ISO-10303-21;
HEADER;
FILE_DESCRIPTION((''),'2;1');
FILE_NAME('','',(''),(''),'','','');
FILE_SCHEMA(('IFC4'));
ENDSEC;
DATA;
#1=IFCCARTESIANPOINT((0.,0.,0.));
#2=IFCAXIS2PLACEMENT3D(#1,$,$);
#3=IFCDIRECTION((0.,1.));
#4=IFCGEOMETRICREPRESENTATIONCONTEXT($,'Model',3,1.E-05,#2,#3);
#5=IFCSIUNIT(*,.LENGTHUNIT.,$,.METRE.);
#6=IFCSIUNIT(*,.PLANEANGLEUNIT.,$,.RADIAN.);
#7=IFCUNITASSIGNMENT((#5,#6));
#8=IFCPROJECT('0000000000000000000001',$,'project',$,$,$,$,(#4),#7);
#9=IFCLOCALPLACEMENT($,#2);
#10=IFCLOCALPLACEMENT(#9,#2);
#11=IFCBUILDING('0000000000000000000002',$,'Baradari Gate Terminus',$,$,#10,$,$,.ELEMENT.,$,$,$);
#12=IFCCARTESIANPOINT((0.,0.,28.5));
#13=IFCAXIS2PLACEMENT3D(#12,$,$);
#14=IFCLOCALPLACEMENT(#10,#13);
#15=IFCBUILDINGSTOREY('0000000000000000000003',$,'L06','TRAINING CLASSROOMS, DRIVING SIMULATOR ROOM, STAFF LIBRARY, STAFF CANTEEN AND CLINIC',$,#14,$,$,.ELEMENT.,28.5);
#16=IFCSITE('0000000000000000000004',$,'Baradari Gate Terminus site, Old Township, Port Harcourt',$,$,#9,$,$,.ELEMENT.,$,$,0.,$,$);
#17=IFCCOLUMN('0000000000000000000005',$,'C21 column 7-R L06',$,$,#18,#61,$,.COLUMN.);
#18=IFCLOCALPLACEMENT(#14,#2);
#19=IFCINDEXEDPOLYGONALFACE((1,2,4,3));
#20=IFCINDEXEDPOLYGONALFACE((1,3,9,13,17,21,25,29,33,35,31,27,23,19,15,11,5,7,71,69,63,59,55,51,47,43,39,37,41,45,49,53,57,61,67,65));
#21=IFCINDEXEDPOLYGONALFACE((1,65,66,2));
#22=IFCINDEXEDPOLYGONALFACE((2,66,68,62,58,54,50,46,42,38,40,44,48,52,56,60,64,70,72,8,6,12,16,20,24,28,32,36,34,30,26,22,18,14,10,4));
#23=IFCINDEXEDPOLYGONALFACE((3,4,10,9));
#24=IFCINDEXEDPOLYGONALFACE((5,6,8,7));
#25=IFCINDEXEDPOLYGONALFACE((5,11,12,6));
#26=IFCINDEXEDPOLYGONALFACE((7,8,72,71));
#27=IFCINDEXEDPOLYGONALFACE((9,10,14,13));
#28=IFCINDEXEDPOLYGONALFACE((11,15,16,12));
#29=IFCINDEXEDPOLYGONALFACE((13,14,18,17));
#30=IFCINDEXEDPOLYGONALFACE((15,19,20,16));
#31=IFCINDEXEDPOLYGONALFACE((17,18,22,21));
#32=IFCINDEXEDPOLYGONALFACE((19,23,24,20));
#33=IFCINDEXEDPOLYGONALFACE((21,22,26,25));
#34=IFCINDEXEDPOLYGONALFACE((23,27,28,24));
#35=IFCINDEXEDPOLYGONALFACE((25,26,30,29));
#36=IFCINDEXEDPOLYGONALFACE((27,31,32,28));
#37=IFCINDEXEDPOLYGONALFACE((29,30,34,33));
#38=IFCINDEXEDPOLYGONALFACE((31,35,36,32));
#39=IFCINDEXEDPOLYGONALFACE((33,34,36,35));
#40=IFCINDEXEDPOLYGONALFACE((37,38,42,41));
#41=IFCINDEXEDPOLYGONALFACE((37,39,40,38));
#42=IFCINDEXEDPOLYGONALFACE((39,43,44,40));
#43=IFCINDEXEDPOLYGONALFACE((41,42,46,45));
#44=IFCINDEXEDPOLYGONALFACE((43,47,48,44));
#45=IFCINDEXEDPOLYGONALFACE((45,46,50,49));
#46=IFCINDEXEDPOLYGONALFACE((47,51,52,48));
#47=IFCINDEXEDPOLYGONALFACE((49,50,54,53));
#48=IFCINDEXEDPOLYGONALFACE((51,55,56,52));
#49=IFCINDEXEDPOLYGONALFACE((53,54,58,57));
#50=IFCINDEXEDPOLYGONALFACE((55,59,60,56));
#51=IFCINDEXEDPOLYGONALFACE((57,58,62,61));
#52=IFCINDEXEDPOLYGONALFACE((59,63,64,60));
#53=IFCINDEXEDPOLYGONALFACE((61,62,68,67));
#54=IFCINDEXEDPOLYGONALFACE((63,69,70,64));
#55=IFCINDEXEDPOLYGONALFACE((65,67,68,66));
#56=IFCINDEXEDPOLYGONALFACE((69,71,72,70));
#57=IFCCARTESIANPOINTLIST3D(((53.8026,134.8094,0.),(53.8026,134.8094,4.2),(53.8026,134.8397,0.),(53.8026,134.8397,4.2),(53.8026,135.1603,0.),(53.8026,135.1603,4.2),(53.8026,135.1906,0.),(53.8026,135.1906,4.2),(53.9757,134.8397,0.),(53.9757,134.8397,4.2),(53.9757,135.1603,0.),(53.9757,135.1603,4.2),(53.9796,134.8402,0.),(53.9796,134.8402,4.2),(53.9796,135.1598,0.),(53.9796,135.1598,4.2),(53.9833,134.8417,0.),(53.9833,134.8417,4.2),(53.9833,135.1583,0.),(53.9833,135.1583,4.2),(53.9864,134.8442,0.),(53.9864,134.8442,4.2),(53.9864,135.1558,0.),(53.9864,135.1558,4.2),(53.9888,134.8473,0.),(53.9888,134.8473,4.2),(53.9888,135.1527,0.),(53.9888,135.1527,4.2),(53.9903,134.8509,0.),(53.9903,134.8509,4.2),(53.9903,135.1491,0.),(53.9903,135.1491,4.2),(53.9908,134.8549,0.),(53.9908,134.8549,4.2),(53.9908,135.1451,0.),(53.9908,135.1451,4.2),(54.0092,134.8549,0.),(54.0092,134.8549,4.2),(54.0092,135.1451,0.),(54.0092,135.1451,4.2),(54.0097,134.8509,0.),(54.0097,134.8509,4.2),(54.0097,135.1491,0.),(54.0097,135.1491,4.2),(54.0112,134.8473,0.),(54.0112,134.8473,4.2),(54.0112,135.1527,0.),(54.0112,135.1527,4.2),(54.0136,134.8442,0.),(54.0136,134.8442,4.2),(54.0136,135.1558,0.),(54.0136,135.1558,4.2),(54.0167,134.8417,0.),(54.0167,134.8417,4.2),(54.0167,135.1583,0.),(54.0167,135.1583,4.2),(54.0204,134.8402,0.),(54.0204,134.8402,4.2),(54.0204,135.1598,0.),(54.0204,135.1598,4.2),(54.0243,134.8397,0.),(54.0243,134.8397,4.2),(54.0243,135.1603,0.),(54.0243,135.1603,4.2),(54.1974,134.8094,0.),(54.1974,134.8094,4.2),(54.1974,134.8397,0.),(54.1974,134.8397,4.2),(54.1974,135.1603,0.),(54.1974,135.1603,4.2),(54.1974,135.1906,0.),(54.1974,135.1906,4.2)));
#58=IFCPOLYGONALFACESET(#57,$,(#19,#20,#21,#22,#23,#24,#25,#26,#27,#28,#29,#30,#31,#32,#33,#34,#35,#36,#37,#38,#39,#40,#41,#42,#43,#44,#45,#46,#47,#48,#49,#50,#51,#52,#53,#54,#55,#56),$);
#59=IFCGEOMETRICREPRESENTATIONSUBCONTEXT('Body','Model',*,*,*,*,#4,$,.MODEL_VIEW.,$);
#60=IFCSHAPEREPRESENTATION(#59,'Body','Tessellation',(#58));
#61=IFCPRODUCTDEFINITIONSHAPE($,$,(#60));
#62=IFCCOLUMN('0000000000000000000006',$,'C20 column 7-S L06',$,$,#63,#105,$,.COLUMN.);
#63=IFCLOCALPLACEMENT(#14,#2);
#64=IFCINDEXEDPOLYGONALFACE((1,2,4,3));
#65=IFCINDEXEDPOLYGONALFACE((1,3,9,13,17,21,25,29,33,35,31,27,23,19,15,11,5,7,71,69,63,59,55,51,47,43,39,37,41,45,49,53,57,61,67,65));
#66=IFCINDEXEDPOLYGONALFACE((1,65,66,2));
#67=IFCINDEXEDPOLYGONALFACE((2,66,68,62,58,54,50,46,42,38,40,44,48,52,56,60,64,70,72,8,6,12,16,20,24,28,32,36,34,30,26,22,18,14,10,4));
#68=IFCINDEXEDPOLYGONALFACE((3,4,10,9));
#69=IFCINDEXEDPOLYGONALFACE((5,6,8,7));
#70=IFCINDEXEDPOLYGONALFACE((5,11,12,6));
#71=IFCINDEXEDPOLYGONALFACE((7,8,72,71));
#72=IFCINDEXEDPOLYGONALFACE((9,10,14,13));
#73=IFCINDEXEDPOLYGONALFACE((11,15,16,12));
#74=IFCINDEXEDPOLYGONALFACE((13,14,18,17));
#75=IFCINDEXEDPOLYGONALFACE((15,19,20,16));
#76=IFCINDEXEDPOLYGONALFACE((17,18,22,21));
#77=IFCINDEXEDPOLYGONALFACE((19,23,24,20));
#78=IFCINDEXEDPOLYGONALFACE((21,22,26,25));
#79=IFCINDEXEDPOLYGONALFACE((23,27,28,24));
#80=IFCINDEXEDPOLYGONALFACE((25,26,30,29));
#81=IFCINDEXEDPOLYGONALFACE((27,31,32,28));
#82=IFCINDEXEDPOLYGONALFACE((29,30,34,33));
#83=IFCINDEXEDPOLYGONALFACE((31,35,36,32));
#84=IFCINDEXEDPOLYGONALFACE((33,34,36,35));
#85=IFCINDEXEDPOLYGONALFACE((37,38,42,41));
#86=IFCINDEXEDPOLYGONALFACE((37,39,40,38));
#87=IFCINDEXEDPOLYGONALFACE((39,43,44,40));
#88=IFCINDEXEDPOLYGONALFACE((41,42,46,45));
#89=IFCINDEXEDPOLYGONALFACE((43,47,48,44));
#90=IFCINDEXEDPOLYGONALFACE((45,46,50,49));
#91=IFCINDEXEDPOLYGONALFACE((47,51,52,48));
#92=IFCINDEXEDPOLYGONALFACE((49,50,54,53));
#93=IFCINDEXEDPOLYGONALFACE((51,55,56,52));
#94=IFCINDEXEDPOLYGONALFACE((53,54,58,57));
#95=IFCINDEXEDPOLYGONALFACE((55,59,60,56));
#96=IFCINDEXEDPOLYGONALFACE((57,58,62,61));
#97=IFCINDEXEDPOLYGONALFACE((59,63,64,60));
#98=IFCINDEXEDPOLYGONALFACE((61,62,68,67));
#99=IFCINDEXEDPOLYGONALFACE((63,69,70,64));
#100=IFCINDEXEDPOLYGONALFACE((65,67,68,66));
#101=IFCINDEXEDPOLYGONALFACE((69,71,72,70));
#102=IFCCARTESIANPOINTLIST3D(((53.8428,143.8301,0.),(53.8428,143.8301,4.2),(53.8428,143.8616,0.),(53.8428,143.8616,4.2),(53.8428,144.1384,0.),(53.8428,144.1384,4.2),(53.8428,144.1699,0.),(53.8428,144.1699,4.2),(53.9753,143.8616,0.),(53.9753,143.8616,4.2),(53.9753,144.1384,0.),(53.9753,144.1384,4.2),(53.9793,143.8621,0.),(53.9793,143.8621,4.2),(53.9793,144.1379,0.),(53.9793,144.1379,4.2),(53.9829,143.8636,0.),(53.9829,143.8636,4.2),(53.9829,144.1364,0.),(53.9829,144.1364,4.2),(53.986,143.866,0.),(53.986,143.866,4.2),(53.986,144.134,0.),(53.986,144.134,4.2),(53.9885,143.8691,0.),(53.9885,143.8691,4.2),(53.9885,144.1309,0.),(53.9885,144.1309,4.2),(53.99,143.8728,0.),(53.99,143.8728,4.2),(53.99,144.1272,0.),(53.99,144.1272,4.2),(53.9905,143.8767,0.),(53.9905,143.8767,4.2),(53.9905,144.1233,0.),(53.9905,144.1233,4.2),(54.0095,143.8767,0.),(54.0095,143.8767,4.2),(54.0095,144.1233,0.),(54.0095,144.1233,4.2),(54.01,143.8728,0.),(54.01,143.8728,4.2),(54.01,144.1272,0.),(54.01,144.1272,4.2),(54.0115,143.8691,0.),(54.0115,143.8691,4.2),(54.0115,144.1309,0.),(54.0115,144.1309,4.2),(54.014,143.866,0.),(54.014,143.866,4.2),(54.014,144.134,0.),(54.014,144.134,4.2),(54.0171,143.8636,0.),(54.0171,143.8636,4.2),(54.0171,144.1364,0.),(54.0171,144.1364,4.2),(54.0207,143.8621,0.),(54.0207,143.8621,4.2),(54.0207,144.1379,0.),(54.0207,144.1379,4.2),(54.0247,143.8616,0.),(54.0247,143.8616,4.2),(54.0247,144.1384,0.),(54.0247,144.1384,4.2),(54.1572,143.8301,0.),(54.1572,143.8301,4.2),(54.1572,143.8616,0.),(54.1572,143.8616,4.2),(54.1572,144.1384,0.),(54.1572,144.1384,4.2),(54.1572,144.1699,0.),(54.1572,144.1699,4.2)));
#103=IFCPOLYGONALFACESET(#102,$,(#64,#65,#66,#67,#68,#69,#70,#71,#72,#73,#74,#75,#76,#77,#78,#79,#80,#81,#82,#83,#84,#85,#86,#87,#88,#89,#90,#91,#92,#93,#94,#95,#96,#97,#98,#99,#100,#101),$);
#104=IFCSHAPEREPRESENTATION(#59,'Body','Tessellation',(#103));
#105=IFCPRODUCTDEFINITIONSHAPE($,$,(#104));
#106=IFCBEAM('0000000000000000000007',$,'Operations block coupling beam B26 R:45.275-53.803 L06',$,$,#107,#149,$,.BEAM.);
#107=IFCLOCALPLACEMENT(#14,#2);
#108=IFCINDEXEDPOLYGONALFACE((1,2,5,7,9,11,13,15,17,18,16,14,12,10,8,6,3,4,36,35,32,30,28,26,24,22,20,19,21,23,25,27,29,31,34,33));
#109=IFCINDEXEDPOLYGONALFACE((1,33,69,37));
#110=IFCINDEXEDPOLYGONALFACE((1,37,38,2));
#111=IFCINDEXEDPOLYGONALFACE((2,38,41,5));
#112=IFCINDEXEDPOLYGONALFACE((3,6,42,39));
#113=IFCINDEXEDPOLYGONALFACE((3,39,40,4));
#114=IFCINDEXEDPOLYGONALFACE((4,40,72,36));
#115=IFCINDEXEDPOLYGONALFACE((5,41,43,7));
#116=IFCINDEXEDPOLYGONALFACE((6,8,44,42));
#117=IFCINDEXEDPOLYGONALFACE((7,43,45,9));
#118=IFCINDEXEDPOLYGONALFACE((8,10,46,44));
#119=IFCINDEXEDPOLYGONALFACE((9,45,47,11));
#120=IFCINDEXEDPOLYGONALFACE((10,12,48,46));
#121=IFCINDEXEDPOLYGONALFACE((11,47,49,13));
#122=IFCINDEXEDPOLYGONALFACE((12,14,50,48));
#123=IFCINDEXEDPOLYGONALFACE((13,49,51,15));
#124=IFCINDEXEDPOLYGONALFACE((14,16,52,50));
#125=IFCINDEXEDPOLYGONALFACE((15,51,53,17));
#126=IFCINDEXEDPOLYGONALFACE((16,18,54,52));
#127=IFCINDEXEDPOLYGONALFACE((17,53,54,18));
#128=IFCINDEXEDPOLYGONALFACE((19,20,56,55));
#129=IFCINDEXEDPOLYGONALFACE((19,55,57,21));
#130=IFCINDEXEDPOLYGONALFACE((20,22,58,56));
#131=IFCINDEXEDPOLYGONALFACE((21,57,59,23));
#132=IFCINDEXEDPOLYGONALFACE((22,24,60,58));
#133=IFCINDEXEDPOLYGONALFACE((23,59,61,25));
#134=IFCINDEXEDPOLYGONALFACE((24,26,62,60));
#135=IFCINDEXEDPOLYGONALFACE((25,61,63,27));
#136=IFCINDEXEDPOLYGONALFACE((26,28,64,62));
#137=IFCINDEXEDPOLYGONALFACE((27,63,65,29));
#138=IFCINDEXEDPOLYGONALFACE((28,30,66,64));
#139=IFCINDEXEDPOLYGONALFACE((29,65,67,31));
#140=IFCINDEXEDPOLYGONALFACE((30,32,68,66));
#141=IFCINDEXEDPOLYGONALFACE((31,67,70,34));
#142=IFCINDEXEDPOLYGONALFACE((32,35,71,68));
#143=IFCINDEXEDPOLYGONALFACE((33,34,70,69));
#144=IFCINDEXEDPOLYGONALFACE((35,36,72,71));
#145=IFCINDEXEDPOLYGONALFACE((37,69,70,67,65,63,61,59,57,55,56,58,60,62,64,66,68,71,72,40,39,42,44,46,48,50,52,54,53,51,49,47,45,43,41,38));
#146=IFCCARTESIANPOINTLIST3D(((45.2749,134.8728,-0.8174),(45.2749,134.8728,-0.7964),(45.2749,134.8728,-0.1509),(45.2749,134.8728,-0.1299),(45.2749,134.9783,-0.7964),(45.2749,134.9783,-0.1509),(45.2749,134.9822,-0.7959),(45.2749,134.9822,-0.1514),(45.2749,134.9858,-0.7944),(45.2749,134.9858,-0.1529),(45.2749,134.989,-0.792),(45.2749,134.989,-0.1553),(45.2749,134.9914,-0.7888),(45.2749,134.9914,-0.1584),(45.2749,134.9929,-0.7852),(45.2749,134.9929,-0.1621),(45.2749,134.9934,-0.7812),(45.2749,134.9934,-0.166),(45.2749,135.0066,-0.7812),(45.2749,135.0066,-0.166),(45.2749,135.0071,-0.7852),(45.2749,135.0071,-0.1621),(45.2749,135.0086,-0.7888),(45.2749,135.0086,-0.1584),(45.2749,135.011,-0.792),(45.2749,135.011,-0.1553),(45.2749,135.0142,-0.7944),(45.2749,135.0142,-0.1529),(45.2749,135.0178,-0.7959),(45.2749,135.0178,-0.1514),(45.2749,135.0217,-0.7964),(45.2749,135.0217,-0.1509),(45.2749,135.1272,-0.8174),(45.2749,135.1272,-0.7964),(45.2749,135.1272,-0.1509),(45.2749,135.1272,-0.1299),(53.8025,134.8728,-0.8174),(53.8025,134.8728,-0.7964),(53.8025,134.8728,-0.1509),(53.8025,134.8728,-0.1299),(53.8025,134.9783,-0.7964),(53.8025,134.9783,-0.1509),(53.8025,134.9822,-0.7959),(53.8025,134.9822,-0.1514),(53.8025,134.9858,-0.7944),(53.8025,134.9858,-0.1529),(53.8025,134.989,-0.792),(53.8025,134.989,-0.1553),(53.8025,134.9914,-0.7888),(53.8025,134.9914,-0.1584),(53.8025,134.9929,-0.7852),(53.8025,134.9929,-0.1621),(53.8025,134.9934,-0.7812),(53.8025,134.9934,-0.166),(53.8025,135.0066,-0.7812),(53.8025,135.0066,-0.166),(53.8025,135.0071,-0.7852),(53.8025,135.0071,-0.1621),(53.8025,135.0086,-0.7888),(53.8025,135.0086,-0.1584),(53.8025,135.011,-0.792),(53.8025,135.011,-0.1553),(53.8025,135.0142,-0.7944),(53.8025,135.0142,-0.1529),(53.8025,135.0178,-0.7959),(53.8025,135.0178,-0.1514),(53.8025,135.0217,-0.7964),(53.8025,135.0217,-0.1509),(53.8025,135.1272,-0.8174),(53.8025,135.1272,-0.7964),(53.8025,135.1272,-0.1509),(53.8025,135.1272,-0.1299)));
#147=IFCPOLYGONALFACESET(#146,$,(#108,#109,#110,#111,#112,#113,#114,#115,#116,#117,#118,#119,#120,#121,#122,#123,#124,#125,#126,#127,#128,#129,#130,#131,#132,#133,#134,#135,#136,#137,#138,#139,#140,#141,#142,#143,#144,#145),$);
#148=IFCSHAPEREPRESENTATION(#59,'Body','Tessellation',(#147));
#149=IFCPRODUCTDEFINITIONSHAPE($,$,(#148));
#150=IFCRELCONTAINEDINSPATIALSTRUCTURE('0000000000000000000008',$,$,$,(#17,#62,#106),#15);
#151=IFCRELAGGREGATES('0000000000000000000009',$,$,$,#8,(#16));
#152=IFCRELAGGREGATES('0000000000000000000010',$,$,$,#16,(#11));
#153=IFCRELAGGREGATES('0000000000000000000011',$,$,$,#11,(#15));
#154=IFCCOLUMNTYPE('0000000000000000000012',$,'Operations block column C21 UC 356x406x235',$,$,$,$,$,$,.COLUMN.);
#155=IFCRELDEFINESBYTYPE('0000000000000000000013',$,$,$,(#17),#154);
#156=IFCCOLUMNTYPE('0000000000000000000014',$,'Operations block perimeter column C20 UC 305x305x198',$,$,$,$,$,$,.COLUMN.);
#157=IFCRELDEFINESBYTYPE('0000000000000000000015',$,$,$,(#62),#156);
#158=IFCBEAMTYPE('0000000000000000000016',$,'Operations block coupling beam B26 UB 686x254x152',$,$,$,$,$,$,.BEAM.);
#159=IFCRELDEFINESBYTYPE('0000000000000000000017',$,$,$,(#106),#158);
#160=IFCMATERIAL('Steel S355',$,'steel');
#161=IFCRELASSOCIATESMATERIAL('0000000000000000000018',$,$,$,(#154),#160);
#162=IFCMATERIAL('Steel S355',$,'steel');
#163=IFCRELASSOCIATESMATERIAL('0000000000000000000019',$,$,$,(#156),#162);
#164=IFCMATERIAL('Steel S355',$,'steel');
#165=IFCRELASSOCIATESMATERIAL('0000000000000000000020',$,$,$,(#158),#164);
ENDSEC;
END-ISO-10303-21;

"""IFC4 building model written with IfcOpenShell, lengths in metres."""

from ifc_helpers import new_model, si_unit, direction, frame, origin, origin_2d, place, context, subcontext, project, spatial, i_section, extrude, material, material_profile, profile_set, type_object, element, save


model = new_model("IFC4")

# Units and contexts
model_context = context("Model", 3, precision=1e-05, world=origin(), true_north=direction((0.0, 1.0)))
body_context = subcontext(model_context, "Body", "Model", "MODEL_VIEW")
ifc_project = project(units=[si_unit("LENGTHUNIT", "METRE"), si_unit("PLANEANGLEUNIT", "RADIAN")], contexts=[model_context])

# Site, building, storey
site_placement = place(None, origin())
site = spatial("IfcSite", under=ifc_project, at=site_placement, Name="Baradari Gate Terminus site, Old Township, Port Harcourt", CompositionType="ELEMENT", RefElevation=0.0)
building_placement = place(site_placement, origin())
building = spatial("IfcBuilding", under=site, at=building_placement, Name="Baradari Gate Terminus", CompositionType="ELEMENT")
storey_placement = place(building_placement, frame((0.0, 0.0, 28.5)))
storey = spatial("IfcBuildingStorey", under=building, at=storey_placement, Name="L06", Description="TRAINING CLASSROOMS, DRIVING SIMULATOR ROOM, STAFF LIBRARY, STAFF CANTEEN AND CLINIC", CompositionType="ELEMENT", Elevation=28.5)

# Columns
ifc_material_1 = material(Name="Steel S355", Category="steel")
ifc_material_profile_1 = material_profile(ifc_material_1, i_section(OverallWidth=0.3948, OverallDepth=0.3811, WebThickness=0.0183, FlangeThickness=0.0303, FilletRadius=0.0151, at=origin_2d()), Name="UC 356x406x235")
ifc_profile_set_1 = profile_set([ifc_material_profile_1], Name="Steel S355")
column_type_1 = type_object("IfcColumnType", Name="Operations block column C21 UC 356x406x235", PredefinedType="COLUMN", material=ifc_profile_set_1)
column_1_placement = place(storey_placement, frame((54.0, 135.0, 0.0), z_axis=(0.0, 0.0, 1.0), x_axis=(1.0, 0.0, 0.0)))
element("IfcColumn", 1, at=column_1_placement, inside=storey, type_object=column_type_1, Name="C21 column 7-R L06", PredefinedType="COLUMN", context=body_context, shape_type="SweptSolid", body=[
    extrude(i_section(OverallWidth=0.3948, OverallDepth=0.3811, WebThickness=0.0183, FlangeThickness=0.0303, FilletRadius=0.0151, at=origin_2d()), origin(), (0.0, 0.0, 1.0), 4.2),
])
ifc_material_2 = material(Name="Steel S355", Category="steel")
ifc_material_profile_2 = material_profile(ifc_material_2, i_section(OverallWidth=0.3145, OverallDepth=0.3398, WebThickness=0.019, FlangeThickness=0.0315, FilletRadius=0.0151, at=origin_2d()), Name="UC 305x305x198")
ifc_profile_set_2 = profile_set([ifc_material_profile_2], Name="Steel S355")
column_type_2 = type_object("IfcColumnType", Name="Operations block perimeter column C20 UC 305x305x198", PredefinedType="COLUMN", material=ifc_profile_set_2)
column_2_placement = place(storey_placement, frame((54.0, 144.0, 0.0), z_axis=(0.0, 0.0, 1.0), x_axis=(1.0, 0.0, 0.0)))
element("IfcColumn", 2, at=column_2_placement, inside=storey, type_object=column_type_2, Name="C20 column 7-S L06", PredefinedType="COLUMN", context=body_context, shape_type="SweptSolid", body=[
    extrude(i_section(OverallWidth=0.3145, OverallDepth=0.3398, WebThickness=0.019, FlangeThickness=0.0315, FilletRadius=0.0151, at=origin_2d()), origin(), (0.0, 0.0, 1.0), 4.2),
])

# Beam
ifc_material_3 = material(Name="Steel S355", Category="steel")
ifc_material_profile_3 = material_profile(ifc_material_3, i_section(OverallWidth=0.2544, OverallDepth=0.6875, WebThickness=0.0132, FlangeThickness=0.021, FilletRadius=0.0151, at=origin_2d()), Name="UB 686x254x152")
ifc_profile_set_3 = profile_set([ifc_material_profile_3], Name="Steel S355")
beam_type_1 = type_object("IfcBeamType", Name="Operations block coupling beam B26 UB 686x254x152", PredefinedType="BEAM", material=ifc_profile_set_3)
beam_1_placement = place(storey_placement, frame((45.2749, 135.0, -0.4736), z_axis=(1.0, 0.0, 0.0), x_axis=(0.0, 1.0, 0.0)))
element("IfcBeam", 3, at=beam_1_placement, inside=storey, type_object=beam_type_1, Name="Operations block coupling beam B26 R:45.275-53.803 L06", PredefinedType="BEAM", context=body_context, shape_type="SweptSolid", body=[
    extrude(i_section(OverallWidth=0.2544, OverallDepth=0.6875, WebThickness=0.0132, FlangeThickness=0.021, FilletRadius=0.0151, at=origin_2d()), origin(), (0.0, 0.0, 1.0), 8.5276),
])

save(model, "model.ifc")
